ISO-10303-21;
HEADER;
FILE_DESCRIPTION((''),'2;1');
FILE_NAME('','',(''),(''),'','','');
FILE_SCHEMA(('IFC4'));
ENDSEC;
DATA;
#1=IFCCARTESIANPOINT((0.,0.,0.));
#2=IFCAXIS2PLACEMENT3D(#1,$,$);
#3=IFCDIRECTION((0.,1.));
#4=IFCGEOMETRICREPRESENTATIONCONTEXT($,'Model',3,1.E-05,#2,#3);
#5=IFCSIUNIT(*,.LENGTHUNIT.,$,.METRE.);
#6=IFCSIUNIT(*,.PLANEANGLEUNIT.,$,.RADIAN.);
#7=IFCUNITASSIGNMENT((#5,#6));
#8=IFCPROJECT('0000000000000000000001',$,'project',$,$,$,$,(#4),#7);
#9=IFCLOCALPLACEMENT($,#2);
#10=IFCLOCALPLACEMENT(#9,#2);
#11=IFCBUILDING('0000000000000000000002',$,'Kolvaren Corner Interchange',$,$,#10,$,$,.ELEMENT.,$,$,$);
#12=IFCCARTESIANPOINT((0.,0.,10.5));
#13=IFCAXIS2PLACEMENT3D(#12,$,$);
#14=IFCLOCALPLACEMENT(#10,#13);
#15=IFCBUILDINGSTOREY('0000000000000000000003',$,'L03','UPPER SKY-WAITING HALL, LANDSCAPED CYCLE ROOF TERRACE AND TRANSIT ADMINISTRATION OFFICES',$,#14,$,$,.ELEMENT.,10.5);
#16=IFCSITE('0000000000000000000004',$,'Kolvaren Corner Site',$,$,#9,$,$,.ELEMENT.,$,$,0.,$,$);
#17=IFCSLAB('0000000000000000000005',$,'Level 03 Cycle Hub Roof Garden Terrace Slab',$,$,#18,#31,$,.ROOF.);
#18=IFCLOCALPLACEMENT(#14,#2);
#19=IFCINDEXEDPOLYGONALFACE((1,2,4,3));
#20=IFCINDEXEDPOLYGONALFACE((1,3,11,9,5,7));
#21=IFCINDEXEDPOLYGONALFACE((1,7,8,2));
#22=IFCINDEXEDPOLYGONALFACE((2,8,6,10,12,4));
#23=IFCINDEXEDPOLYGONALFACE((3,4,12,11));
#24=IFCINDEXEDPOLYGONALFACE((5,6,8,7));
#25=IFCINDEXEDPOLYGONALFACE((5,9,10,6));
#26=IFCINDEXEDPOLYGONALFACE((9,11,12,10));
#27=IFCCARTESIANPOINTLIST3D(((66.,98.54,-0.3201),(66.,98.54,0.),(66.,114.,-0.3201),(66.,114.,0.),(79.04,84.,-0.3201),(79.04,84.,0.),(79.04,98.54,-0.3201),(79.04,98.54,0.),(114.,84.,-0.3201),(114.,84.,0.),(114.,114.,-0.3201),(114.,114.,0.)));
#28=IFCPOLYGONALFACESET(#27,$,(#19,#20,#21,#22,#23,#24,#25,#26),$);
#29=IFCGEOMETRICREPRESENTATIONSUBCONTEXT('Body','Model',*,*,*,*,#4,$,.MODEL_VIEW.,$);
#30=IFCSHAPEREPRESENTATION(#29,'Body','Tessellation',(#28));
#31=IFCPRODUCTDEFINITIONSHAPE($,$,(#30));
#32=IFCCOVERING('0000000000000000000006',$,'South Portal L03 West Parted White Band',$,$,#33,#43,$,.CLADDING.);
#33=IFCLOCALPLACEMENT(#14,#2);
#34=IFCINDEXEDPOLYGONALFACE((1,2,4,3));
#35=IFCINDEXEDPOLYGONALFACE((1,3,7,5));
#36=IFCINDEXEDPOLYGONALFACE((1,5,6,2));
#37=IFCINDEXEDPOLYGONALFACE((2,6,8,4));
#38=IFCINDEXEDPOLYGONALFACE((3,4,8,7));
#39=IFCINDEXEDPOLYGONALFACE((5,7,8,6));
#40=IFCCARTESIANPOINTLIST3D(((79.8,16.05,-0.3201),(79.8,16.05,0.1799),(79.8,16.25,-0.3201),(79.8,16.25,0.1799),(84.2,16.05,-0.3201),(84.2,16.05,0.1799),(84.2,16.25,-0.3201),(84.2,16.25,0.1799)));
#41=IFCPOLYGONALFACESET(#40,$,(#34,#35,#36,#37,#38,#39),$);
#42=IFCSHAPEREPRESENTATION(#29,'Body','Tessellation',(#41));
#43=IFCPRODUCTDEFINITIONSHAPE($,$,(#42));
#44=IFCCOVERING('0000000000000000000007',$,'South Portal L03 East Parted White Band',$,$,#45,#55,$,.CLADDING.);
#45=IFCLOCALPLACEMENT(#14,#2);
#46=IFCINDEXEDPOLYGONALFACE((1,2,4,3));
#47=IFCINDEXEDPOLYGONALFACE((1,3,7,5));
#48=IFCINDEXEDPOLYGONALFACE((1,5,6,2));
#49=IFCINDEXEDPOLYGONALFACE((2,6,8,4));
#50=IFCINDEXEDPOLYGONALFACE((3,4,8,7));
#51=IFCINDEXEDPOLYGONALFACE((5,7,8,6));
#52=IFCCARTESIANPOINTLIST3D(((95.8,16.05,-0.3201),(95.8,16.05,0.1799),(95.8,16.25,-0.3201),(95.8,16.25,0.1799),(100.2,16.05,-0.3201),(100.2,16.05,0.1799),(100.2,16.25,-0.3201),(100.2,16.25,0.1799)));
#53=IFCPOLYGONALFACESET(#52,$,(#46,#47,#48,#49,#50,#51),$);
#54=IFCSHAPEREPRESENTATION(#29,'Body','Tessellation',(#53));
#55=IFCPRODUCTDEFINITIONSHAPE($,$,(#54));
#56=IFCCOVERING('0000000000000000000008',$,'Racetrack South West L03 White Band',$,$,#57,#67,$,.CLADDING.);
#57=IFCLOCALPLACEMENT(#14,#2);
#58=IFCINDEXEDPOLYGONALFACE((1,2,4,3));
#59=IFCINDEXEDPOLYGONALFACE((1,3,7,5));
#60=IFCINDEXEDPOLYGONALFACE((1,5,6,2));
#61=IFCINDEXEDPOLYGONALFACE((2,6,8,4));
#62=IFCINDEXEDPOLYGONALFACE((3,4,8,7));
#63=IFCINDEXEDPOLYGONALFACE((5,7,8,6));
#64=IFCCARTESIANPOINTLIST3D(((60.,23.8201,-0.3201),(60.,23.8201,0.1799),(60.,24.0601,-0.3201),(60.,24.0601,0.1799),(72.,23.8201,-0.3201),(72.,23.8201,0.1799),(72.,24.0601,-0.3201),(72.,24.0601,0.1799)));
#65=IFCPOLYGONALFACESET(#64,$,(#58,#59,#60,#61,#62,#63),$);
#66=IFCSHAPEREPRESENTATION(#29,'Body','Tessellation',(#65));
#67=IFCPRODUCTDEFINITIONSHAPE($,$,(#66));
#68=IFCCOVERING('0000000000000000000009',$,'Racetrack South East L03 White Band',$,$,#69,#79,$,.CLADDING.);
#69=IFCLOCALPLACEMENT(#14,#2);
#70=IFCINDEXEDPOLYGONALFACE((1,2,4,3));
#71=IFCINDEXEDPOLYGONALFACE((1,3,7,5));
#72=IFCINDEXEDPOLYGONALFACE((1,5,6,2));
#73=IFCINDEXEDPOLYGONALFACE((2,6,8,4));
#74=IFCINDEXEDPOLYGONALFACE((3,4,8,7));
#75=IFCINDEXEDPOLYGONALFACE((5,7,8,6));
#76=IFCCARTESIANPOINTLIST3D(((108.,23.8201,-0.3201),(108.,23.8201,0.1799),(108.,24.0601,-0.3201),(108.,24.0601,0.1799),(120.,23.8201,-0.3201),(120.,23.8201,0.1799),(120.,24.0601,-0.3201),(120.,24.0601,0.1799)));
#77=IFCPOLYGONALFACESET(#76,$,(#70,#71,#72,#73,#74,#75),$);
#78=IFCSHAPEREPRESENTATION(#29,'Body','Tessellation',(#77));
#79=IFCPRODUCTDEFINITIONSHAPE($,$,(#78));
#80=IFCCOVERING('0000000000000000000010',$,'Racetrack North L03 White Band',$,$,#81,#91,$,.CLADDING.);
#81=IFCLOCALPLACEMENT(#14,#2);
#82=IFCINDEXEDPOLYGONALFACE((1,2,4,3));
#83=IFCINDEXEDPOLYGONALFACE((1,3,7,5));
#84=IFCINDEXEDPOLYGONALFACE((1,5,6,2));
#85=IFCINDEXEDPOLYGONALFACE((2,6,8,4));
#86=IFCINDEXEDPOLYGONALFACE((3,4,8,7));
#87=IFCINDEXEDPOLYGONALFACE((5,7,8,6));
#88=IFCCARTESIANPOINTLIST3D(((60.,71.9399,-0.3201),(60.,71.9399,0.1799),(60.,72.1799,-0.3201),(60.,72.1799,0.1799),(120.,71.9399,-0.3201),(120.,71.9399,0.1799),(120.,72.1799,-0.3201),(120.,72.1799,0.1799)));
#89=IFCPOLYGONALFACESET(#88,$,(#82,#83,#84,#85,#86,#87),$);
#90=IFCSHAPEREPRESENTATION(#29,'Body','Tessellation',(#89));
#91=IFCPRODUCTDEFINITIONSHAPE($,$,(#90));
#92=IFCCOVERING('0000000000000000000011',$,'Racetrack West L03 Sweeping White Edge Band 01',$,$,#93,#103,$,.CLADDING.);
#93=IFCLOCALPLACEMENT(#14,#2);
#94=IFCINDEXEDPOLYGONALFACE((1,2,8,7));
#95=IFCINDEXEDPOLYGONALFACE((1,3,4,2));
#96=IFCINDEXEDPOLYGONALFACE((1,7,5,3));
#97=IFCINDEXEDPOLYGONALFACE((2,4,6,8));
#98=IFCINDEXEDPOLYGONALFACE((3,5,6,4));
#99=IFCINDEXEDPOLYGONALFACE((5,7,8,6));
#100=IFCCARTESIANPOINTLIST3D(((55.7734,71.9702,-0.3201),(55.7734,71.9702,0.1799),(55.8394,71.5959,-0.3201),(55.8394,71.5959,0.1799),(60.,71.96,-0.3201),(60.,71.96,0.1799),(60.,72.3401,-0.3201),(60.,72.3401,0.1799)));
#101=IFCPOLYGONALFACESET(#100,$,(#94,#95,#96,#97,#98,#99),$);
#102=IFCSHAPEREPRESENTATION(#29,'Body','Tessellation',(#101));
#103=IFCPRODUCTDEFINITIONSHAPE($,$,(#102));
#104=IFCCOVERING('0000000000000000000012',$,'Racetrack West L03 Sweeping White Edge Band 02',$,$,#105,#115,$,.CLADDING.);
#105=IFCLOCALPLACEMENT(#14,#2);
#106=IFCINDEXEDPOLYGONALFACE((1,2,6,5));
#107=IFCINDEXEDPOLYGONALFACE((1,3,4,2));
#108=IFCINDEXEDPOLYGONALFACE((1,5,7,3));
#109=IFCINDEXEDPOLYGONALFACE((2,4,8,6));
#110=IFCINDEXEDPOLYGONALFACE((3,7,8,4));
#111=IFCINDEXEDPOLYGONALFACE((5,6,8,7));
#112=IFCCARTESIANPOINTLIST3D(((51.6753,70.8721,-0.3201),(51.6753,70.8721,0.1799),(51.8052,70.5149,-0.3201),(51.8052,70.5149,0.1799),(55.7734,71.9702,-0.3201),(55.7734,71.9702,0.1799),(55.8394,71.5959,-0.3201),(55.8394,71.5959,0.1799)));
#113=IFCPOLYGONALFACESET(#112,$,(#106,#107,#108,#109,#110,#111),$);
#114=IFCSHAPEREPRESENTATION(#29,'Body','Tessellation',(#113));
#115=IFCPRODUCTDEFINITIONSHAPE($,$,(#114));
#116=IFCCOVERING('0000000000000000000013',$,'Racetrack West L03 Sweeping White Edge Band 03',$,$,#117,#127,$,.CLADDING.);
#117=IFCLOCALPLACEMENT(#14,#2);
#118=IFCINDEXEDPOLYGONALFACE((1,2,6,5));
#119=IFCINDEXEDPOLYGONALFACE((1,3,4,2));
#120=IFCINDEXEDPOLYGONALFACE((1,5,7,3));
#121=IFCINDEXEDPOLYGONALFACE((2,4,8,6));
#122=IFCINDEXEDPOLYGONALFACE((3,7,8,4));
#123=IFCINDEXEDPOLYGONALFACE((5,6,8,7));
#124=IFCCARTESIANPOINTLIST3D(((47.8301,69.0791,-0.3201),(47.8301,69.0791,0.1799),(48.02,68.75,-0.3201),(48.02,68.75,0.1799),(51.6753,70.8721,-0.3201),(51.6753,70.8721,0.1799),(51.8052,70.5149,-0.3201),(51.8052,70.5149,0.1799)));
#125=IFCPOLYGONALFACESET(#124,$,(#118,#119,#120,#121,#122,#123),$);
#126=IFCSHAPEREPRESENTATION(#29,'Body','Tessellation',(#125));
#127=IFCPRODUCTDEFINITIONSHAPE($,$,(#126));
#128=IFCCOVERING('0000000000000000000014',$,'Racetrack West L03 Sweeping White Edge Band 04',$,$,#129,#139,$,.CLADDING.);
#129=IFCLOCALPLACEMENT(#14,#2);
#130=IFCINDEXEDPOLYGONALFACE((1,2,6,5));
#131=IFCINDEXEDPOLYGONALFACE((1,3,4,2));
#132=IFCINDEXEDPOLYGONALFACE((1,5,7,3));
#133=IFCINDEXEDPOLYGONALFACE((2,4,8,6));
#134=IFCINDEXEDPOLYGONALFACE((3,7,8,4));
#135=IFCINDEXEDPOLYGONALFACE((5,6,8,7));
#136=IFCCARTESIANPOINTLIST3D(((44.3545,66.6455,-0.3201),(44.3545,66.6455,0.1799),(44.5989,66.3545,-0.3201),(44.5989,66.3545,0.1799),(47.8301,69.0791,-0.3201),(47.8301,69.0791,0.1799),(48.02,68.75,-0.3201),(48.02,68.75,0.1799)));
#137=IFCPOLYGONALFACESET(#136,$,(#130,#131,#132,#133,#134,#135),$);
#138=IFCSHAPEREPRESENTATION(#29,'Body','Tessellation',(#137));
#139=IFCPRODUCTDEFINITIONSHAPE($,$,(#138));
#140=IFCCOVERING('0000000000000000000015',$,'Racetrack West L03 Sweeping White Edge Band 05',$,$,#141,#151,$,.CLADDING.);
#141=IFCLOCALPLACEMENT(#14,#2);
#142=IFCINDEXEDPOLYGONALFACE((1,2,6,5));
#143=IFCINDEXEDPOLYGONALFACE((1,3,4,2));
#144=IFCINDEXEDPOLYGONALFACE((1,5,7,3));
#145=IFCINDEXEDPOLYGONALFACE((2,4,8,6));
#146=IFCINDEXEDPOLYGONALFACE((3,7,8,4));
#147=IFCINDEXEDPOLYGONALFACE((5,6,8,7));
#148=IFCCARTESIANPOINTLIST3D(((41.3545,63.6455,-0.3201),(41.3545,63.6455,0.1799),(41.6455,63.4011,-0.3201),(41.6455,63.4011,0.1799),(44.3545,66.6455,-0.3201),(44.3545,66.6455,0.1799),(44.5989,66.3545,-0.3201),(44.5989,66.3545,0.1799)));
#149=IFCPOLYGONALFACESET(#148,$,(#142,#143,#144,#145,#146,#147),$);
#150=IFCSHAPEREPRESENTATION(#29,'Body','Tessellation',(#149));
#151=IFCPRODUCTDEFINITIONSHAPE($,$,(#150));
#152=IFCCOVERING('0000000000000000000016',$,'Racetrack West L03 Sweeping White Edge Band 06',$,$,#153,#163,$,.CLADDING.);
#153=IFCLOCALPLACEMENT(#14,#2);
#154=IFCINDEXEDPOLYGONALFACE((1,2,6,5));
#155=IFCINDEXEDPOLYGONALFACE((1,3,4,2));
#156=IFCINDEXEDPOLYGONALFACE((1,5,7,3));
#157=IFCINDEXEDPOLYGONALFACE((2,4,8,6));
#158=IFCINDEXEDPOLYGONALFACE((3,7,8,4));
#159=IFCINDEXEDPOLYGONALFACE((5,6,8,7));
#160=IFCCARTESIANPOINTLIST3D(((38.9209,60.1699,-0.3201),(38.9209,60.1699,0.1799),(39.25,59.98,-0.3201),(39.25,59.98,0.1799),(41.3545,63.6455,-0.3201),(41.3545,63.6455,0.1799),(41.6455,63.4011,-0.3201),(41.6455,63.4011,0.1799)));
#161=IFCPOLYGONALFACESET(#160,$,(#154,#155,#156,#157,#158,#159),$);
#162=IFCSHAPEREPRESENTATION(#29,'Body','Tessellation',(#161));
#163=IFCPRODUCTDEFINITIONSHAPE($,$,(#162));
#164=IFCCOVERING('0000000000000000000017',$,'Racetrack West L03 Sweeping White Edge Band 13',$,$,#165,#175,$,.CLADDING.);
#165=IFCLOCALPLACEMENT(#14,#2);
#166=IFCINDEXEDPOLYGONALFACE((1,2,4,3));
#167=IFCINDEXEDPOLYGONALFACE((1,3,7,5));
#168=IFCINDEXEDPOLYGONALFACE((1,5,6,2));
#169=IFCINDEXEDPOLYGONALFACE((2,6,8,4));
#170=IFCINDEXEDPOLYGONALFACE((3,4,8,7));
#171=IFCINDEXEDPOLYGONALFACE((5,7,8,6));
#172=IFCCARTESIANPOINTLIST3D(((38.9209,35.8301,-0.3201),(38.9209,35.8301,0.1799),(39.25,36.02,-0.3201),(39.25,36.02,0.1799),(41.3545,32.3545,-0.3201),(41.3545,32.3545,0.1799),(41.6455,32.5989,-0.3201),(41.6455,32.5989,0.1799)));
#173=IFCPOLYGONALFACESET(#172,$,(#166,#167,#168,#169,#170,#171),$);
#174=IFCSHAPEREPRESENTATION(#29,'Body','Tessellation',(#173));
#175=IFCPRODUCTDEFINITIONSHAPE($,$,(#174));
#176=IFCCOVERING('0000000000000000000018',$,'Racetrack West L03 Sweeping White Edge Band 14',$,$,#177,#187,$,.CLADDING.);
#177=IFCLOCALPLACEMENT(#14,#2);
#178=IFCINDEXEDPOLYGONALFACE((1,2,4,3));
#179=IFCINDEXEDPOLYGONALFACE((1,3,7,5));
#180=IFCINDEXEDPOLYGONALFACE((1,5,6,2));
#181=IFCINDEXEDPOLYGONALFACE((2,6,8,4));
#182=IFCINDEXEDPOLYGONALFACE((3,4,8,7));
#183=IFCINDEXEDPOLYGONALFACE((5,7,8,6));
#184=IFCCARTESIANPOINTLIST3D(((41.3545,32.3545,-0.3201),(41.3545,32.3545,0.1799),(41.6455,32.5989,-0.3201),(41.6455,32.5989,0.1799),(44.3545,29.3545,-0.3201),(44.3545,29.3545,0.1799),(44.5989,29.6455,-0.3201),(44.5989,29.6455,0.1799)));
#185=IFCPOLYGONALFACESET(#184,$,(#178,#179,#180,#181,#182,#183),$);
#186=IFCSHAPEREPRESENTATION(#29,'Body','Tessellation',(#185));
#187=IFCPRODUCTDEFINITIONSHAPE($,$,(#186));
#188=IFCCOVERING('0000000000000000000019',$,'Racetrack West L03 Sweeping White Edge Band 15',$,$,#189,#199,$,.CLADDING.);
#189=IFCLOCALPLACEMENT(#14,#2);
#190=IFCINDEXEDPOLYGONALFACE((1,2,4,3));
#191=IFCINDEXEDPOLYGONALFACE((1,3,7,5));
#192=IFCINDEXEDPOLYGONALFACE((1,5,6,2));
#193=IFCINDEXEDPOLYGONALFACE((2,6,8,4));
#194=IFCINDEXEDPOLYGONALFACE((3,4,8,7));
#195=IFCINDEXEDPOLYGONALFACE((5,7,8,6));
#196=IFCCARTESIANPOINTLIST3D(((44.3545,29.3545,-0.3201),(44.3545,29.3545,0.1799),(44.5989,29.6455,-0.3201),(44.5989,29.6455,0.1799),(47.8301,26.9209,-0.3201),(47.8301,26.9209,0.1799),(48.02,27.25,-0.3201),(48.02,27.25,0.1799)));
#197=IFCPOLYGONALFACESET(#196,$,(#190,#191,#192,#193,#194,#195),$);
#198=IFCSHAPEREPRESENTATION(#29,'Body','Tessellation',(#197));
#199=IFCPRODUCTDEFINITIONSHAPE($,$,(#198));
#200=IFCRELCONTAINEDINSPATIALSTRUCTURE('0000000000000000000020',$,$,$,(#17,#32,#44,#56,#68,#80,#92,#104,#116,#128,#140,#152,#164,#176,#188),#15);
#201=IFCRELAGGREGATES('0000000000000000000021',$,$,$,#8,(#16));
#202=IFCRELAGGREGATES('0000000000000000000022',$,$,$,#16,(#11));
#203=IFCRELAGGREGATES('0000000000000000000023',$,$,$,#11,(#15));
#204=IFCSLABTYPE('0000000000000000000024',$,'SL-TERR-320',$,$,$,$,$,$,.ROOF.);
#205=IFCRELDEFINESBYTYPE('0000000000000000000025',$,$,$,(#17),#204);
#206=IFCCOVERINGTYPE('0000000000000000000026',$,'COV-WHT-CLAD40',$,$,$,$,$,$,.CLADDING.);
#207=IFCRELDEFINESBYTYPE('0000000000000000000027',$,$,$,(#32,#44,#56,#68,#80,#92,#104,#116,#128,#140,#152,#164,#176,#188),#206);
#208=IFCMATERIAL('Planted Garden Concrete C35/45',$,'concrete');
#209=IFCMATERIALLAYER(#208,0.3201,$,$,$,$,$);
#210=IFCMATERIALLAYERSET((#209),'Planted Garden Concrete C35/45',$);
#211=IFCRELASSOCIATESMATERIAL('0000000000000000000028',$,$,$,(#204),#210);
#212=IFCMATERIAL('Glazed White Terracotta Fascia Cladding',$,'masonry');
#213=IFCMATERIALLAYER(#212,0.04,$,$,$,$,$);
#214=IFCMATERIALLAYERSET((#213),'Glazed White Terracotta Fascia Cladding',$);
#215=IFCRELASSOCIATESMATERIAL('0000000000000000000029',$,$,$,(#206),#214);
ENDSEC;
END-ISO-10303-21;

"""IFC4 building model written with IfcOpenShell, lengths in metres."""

from ifc_helpers import new_model, si_unit, direction, frame, origin, place, context, subcontext, project, spatial, polyline, outline, extrude, material, layer, layer_set, type_object, element, save


model = new_model("IFC4")

# Units and contexts
model_context = context("Model", 3, precision=1e-05, world=origin(), true_north=direction((0.0, 1.0)))
body_context = subcontext(model_context, "Body", "Model", "MODEL_VIEW")
ifc_project = project(units=[si_unit("LENGTHUNIT", "METRE"), si_unit("PLANEANGLEUNIT", "RADIAN")], contexts=[model_context])

# Site, building, storey
site_placement = place(None, origin())
site = spatial("IfcSite", under=ifc_project, at=site_placement, Name="Kolvaren Corner Site", CompositionType="ELEMENT", RefElevation=0.0)
building_placement = place(site_placement, origin())
building = spatial("IfcBuilding", under=site, at=building_placement, Name="Kolvaren Corner Interchange", CompositionType="ELEMENT")
storey_placement = place(building_placement, frame((0.0, 0.0, 10.5)))
storey = spatial("IfcBuildingStorey", under=building, at=storey_placement, Name="L03", Description="UPPER SKY-WAITING HALL, LANDSCAPED CYCLE ROOF TERRACE AND TRANSIT ADMINISTRATION OFFICES", CompositionType="ELEMENT", Elevation=10.5)

# Slab
ifc_material_1 = material(Name="Planted Garden Concrete C35/45", Category="concrete")
ifc_layer_1 = layer(ifc_material_1, 0.3201)
ifc_layer_set_1 = layer_set([ifc_layer_1], Name="Planted Garden Concrete C35/45")
slab_type = type_object("IfcSlabType", Name="SL-TERR-320", PredefinedType="ROOF", material=ifc_layer_set_1)
slab_placement = place(storey_placement, frame((0.0, 0.0, -0.3201)))
element("IfcSlab", 1, at=slab_placement, inside=storey, type_object=slab_type, Name="Level 03 Cycle Hub Roof Garden Terrace Slab", PredefinedType="ROOF", context=body_context, shape_type="SweptSolid", body=[
    extrude(outline(polyline([(114.0, 114.0), (66.0, 114.0), (66.0, 98.54), (79.04, 98.54), (79.04, 84.0), (114.0, 84.0), (114.0, 114.0)])), origin(), (0.0, 0.0, 1.0), 0.3201),
])

# Coverings
ifc_material_2 = material(Name="Glazed White Terracotta Fascia Cladding", Category="masonry")
ifc_layer_2 = layer(ifc_material_2, 0.04)
ifc_layer_set_2 = layer_set([ifc_layer_2], Name="Glazed White Terracotta Fascia Cladding")
covering_type = type_object("IfcCoveringType", Name="COV-WHT-CLAD40", PredefinedType="CLADDING", material=ifc_layer_set_2)
covering_1_placement = place(storey_placement, frame((0.0, 0.0, -0.3201)))
element("IfcCovering", 2, at=covering_1_placement, inside=storey, type_object=covering_type, Name="South Portal L03 West Parted White Band", PredefinedType="CLADDING", context=body_context, shape_type="SweptSolid", body=[
    extrude(outline(polyline([(79.8, 16.05), (84.2, 16.05), (84.2, 16.25), (79.8, 16.25), (79.8, 16.05)])), origin(), (0.0, 0.0, 1.0), 0.5),
])
covering_2_placement = place(storey_placement, frame((0.0, 0.0, -0.3201)))
element("IfcCovering", 3, at=covering_2_placement, inside=storey, type_object=covering_type, Name="South Portal L03 East Parted White Band", PredefinedType="CLADDING", context=body_context, shape_type="SweptSolid", body=[
    extrude(outline(polyline([(95.8, 16.05), (100.2, 16.05), (100.2, 16.25), (95.8, 16.25), (95.8, 16.05)])), origin(), (0.0, 0.0, 1.0), 0.5),
])
covering_3_placement = place(storey_placement, frame((0.0, 0.0, -0.3201)))
element("IfcCovering", 4, at=covering_3_placement, inside=storey, type_object=covering_type, Name="Racetrack South West L03 White Band", PredefinedType="CLADDING", context=body_context, shape_type="SweptSolid", body=[
    extrude(outline(polyline([(60.0, 23.8201), (72.0, 23.8201), (72.0, 24.0601), (60.0, 24.0601), (60.0, 23.8201)])), origin(), (0.0, 0.0, 1.0), 0.5),
])
covering_4_placement = place(storey_placement, frame((0.0, 0.0, -0.3201)))
element("IfcCovering", 5, at=covering_4_placement, inside=storey, type_object=covering_type, Name="Racetrack South East L03 White Band", PredefinedType="CLADDING", context=body_context, shape_type="SweptSolid", body=[
    extrude(outline(polyline([(108.0, 23.8201), (120.0, 23.8201), (120.0, 24.0601), (108.0, 24.0601), (108.0, 23.8201)])), origin(), (0.0, 0.0, 1.0), 0.5),
])
covering_5_placement = place(storey_placement, frame((0.0, 0.0, -0.3201)))
element("IfcCovering", 6, at=covering_5_placement, inside=storey, type_object=covering_type, Name="Racetrack North L03 White Band", PredefinedType="CLADDING", context=body_context, shape_type="SweptSolid", body=[
    extrude(outline(polyline([(60.0, 71.9399), (120.0, 71.9399), (120.0, 72.1799), (60.0, 72.1799), (60.0, 71.9399)])), origin(), (0.0, 0.0, 1.0), 0.5),
])
covering_6_placement = place(storey_placement, frame((0.0, 0.0, -0.3201)))
element("IfcCovering", 7, at=covering_6_placement, inside=storey, type_object=covering_type, Name="Racetrack West L03 Sweeping White Edge Band 01", PredefinedType="CLADDING", context=body_context, shape_type="SweptSolid", body=[
    extrude(outline(polyline([(60.0, 71.96), (60.0, 72.3401), (55.7734, 71.9702), (55.8394, 71.5959), (60.0, 71.96)])), origin(), (0.0, 0.0, 1.0), 0.5),
])
covering_7_placement = place(storey_placement, frame((0.0, 0.0, -0.3201)))
element("IfcCovering", 8, at=covering_7_placement, inside=storey, type_object=covering_type, Name="Racetrack West L03 Sweeping White Edge Band 02", PredefinedType="CLADDING", context=body_context, shape_type="SweptSolid", body=[
    extrude(outline(polyline([(55.8394, 71.5959), (55.7734, 71.9702), (51.6753, 70.8721), (51.8052, 70.5149), (55.8394, 71.5959)])), origin(), (0.0, 0.0, 1.0), 0.5),
])
covering_8_placement = place(storey_placement, frame((0.0, 0.0, -0.3201)))
element("IfcCovering", 9, at=covering_8_placement, inside=storey, type_object=covering_type, Name="Racetrack West L03 Sweeping White Edge Band 03", PredefinedType="CLADDING", context=body_context, shape_type="SweptSolid", body=[
    extrude(outline(polyline([(51.8052, 70.5149), (51.6753, 70.8721), (47.8301, 69.0791), (48.02, 68.75), (51.8052, 70.5149)])), origin(), (0.0, 0.0, 1.0), 0.5),
])
covering_9_placement = place(storey_placement, frame((0.0, 0.0, -0.3201)))
element("IfcCovering", 10, at=covering_9_placement, inside=storey, type_object=covering_type, Name="Racetrack West L03 Sweeping White Edge Band 04", PredefinedType="CLADDING", context=body_context, shape_type="SweptSolid", body=[
    extrude(outline(polyline([(48.02, 68.75), (47.8301, 69.0791), (44.3545, 66.6455), (44.5989, 66.3545), (48.02, 68.75)])), origin(), (0.0, 0.0, 1.0), 0.5),
])
covering_10_placement = place(storey_placement, frame((0.0, 0.0, -0.3201)))
element("IfcCovering", 11, at=covering_10_placement, inside=storey, type_object=covering_type, Name="Racetrack West L03 Sweeping White Edge Band 05", PredefinedType="CLADDING", context=body_context, shape_type="SweptSolid", body=[
    extrude(outline(polyline([(44.5989, 66.3545), (44.3545, 66.6455), (41.3545, 63.6455), (41.6455, 63.4011), (44.5989, 66.3545)])), origin(), (0.0, 0.0, 1.0), 0.5),
])
covering_11_placement = place(storey_placement, frame((0.0, 0.0, -0.3201)))
element("IfcCovering", 12, at=covering_11_placement, inside=storey, type_object=covering_type, Name="Racetrack West L03 Sweeping White Edge Band 06", PredefinedType="CLADDING", context=body_context, shape_type="SweptSolid", body=[
    extrude(outline(polyline([(41.6455, 63.4011), (41.3545, 63.6455), (38.9209, 60.1699), (39.25, 59.98), (41.6455, 63.4011)])), origin(), (0.0, 0.0, 1.0), 0.5),
])
covering_12_placement = place(storey_placement, frame((0.0, 0.0, -0.3201)))
element("IfcCovering", 13, at=covering_12_placement, inside=storey, type_object=covering_type, Name="Racetrack West L03 Sweeping White Edge Band 13", PredefinedType="CLADDING", context=body_context, shape_type="SweptSolid", body=[
    extrude(outline(polyline([(39.25, 36.02), (38.9209, 35.8301), (41.3545, 32.3545), (41.6455, 32.5989), (39.25, 36.02)])), origin(), (0.0, 0.0, 1.0), 0.5),
])
covering_13_placement = place(storey_placement, frame((0.0, 0.0, -0.3201)))
element("IfcCovering", 14, at=covering_13_placement, inside=storey, type_object=covering_type, Name="Racetrack West L03 Sweeping White Edge Band 14", PredefinedType="CLADDING", context=body_context, shape_type="SweptSolid", body=[
    extrude(outline(polyline([(41.6455, 32.5989), (41.3545, 32.3545), (44.3545, 29.3545), (44.5989, 29.6455), (41.6455, 32.5989)])), origin(), (0.0, 0.0, 1.0), 0.5),
])
covering_14_placement = place(storey_placement, frame((0.0, 0.0, -0.3201)))
element("IfcCovering", 15, at=covering_14_placement, inside=storey, type_object=covering_type, Name="Racetrack West L03 Sweeping White Edge Band 15", PredefinedType="CLADDING", context=body_context, shape_type="SweptSolid", body=[
    extrude(outline(polyline([(44.5989, 29.6455), (44.3545, 29.3545), (47.8301, 26.9209), (48.02, 27.25), (44.5989, 29.6455)])), origin(), (0.0, 0.0, 1.0), 0.5),
])

save(model, "model.ifc")
